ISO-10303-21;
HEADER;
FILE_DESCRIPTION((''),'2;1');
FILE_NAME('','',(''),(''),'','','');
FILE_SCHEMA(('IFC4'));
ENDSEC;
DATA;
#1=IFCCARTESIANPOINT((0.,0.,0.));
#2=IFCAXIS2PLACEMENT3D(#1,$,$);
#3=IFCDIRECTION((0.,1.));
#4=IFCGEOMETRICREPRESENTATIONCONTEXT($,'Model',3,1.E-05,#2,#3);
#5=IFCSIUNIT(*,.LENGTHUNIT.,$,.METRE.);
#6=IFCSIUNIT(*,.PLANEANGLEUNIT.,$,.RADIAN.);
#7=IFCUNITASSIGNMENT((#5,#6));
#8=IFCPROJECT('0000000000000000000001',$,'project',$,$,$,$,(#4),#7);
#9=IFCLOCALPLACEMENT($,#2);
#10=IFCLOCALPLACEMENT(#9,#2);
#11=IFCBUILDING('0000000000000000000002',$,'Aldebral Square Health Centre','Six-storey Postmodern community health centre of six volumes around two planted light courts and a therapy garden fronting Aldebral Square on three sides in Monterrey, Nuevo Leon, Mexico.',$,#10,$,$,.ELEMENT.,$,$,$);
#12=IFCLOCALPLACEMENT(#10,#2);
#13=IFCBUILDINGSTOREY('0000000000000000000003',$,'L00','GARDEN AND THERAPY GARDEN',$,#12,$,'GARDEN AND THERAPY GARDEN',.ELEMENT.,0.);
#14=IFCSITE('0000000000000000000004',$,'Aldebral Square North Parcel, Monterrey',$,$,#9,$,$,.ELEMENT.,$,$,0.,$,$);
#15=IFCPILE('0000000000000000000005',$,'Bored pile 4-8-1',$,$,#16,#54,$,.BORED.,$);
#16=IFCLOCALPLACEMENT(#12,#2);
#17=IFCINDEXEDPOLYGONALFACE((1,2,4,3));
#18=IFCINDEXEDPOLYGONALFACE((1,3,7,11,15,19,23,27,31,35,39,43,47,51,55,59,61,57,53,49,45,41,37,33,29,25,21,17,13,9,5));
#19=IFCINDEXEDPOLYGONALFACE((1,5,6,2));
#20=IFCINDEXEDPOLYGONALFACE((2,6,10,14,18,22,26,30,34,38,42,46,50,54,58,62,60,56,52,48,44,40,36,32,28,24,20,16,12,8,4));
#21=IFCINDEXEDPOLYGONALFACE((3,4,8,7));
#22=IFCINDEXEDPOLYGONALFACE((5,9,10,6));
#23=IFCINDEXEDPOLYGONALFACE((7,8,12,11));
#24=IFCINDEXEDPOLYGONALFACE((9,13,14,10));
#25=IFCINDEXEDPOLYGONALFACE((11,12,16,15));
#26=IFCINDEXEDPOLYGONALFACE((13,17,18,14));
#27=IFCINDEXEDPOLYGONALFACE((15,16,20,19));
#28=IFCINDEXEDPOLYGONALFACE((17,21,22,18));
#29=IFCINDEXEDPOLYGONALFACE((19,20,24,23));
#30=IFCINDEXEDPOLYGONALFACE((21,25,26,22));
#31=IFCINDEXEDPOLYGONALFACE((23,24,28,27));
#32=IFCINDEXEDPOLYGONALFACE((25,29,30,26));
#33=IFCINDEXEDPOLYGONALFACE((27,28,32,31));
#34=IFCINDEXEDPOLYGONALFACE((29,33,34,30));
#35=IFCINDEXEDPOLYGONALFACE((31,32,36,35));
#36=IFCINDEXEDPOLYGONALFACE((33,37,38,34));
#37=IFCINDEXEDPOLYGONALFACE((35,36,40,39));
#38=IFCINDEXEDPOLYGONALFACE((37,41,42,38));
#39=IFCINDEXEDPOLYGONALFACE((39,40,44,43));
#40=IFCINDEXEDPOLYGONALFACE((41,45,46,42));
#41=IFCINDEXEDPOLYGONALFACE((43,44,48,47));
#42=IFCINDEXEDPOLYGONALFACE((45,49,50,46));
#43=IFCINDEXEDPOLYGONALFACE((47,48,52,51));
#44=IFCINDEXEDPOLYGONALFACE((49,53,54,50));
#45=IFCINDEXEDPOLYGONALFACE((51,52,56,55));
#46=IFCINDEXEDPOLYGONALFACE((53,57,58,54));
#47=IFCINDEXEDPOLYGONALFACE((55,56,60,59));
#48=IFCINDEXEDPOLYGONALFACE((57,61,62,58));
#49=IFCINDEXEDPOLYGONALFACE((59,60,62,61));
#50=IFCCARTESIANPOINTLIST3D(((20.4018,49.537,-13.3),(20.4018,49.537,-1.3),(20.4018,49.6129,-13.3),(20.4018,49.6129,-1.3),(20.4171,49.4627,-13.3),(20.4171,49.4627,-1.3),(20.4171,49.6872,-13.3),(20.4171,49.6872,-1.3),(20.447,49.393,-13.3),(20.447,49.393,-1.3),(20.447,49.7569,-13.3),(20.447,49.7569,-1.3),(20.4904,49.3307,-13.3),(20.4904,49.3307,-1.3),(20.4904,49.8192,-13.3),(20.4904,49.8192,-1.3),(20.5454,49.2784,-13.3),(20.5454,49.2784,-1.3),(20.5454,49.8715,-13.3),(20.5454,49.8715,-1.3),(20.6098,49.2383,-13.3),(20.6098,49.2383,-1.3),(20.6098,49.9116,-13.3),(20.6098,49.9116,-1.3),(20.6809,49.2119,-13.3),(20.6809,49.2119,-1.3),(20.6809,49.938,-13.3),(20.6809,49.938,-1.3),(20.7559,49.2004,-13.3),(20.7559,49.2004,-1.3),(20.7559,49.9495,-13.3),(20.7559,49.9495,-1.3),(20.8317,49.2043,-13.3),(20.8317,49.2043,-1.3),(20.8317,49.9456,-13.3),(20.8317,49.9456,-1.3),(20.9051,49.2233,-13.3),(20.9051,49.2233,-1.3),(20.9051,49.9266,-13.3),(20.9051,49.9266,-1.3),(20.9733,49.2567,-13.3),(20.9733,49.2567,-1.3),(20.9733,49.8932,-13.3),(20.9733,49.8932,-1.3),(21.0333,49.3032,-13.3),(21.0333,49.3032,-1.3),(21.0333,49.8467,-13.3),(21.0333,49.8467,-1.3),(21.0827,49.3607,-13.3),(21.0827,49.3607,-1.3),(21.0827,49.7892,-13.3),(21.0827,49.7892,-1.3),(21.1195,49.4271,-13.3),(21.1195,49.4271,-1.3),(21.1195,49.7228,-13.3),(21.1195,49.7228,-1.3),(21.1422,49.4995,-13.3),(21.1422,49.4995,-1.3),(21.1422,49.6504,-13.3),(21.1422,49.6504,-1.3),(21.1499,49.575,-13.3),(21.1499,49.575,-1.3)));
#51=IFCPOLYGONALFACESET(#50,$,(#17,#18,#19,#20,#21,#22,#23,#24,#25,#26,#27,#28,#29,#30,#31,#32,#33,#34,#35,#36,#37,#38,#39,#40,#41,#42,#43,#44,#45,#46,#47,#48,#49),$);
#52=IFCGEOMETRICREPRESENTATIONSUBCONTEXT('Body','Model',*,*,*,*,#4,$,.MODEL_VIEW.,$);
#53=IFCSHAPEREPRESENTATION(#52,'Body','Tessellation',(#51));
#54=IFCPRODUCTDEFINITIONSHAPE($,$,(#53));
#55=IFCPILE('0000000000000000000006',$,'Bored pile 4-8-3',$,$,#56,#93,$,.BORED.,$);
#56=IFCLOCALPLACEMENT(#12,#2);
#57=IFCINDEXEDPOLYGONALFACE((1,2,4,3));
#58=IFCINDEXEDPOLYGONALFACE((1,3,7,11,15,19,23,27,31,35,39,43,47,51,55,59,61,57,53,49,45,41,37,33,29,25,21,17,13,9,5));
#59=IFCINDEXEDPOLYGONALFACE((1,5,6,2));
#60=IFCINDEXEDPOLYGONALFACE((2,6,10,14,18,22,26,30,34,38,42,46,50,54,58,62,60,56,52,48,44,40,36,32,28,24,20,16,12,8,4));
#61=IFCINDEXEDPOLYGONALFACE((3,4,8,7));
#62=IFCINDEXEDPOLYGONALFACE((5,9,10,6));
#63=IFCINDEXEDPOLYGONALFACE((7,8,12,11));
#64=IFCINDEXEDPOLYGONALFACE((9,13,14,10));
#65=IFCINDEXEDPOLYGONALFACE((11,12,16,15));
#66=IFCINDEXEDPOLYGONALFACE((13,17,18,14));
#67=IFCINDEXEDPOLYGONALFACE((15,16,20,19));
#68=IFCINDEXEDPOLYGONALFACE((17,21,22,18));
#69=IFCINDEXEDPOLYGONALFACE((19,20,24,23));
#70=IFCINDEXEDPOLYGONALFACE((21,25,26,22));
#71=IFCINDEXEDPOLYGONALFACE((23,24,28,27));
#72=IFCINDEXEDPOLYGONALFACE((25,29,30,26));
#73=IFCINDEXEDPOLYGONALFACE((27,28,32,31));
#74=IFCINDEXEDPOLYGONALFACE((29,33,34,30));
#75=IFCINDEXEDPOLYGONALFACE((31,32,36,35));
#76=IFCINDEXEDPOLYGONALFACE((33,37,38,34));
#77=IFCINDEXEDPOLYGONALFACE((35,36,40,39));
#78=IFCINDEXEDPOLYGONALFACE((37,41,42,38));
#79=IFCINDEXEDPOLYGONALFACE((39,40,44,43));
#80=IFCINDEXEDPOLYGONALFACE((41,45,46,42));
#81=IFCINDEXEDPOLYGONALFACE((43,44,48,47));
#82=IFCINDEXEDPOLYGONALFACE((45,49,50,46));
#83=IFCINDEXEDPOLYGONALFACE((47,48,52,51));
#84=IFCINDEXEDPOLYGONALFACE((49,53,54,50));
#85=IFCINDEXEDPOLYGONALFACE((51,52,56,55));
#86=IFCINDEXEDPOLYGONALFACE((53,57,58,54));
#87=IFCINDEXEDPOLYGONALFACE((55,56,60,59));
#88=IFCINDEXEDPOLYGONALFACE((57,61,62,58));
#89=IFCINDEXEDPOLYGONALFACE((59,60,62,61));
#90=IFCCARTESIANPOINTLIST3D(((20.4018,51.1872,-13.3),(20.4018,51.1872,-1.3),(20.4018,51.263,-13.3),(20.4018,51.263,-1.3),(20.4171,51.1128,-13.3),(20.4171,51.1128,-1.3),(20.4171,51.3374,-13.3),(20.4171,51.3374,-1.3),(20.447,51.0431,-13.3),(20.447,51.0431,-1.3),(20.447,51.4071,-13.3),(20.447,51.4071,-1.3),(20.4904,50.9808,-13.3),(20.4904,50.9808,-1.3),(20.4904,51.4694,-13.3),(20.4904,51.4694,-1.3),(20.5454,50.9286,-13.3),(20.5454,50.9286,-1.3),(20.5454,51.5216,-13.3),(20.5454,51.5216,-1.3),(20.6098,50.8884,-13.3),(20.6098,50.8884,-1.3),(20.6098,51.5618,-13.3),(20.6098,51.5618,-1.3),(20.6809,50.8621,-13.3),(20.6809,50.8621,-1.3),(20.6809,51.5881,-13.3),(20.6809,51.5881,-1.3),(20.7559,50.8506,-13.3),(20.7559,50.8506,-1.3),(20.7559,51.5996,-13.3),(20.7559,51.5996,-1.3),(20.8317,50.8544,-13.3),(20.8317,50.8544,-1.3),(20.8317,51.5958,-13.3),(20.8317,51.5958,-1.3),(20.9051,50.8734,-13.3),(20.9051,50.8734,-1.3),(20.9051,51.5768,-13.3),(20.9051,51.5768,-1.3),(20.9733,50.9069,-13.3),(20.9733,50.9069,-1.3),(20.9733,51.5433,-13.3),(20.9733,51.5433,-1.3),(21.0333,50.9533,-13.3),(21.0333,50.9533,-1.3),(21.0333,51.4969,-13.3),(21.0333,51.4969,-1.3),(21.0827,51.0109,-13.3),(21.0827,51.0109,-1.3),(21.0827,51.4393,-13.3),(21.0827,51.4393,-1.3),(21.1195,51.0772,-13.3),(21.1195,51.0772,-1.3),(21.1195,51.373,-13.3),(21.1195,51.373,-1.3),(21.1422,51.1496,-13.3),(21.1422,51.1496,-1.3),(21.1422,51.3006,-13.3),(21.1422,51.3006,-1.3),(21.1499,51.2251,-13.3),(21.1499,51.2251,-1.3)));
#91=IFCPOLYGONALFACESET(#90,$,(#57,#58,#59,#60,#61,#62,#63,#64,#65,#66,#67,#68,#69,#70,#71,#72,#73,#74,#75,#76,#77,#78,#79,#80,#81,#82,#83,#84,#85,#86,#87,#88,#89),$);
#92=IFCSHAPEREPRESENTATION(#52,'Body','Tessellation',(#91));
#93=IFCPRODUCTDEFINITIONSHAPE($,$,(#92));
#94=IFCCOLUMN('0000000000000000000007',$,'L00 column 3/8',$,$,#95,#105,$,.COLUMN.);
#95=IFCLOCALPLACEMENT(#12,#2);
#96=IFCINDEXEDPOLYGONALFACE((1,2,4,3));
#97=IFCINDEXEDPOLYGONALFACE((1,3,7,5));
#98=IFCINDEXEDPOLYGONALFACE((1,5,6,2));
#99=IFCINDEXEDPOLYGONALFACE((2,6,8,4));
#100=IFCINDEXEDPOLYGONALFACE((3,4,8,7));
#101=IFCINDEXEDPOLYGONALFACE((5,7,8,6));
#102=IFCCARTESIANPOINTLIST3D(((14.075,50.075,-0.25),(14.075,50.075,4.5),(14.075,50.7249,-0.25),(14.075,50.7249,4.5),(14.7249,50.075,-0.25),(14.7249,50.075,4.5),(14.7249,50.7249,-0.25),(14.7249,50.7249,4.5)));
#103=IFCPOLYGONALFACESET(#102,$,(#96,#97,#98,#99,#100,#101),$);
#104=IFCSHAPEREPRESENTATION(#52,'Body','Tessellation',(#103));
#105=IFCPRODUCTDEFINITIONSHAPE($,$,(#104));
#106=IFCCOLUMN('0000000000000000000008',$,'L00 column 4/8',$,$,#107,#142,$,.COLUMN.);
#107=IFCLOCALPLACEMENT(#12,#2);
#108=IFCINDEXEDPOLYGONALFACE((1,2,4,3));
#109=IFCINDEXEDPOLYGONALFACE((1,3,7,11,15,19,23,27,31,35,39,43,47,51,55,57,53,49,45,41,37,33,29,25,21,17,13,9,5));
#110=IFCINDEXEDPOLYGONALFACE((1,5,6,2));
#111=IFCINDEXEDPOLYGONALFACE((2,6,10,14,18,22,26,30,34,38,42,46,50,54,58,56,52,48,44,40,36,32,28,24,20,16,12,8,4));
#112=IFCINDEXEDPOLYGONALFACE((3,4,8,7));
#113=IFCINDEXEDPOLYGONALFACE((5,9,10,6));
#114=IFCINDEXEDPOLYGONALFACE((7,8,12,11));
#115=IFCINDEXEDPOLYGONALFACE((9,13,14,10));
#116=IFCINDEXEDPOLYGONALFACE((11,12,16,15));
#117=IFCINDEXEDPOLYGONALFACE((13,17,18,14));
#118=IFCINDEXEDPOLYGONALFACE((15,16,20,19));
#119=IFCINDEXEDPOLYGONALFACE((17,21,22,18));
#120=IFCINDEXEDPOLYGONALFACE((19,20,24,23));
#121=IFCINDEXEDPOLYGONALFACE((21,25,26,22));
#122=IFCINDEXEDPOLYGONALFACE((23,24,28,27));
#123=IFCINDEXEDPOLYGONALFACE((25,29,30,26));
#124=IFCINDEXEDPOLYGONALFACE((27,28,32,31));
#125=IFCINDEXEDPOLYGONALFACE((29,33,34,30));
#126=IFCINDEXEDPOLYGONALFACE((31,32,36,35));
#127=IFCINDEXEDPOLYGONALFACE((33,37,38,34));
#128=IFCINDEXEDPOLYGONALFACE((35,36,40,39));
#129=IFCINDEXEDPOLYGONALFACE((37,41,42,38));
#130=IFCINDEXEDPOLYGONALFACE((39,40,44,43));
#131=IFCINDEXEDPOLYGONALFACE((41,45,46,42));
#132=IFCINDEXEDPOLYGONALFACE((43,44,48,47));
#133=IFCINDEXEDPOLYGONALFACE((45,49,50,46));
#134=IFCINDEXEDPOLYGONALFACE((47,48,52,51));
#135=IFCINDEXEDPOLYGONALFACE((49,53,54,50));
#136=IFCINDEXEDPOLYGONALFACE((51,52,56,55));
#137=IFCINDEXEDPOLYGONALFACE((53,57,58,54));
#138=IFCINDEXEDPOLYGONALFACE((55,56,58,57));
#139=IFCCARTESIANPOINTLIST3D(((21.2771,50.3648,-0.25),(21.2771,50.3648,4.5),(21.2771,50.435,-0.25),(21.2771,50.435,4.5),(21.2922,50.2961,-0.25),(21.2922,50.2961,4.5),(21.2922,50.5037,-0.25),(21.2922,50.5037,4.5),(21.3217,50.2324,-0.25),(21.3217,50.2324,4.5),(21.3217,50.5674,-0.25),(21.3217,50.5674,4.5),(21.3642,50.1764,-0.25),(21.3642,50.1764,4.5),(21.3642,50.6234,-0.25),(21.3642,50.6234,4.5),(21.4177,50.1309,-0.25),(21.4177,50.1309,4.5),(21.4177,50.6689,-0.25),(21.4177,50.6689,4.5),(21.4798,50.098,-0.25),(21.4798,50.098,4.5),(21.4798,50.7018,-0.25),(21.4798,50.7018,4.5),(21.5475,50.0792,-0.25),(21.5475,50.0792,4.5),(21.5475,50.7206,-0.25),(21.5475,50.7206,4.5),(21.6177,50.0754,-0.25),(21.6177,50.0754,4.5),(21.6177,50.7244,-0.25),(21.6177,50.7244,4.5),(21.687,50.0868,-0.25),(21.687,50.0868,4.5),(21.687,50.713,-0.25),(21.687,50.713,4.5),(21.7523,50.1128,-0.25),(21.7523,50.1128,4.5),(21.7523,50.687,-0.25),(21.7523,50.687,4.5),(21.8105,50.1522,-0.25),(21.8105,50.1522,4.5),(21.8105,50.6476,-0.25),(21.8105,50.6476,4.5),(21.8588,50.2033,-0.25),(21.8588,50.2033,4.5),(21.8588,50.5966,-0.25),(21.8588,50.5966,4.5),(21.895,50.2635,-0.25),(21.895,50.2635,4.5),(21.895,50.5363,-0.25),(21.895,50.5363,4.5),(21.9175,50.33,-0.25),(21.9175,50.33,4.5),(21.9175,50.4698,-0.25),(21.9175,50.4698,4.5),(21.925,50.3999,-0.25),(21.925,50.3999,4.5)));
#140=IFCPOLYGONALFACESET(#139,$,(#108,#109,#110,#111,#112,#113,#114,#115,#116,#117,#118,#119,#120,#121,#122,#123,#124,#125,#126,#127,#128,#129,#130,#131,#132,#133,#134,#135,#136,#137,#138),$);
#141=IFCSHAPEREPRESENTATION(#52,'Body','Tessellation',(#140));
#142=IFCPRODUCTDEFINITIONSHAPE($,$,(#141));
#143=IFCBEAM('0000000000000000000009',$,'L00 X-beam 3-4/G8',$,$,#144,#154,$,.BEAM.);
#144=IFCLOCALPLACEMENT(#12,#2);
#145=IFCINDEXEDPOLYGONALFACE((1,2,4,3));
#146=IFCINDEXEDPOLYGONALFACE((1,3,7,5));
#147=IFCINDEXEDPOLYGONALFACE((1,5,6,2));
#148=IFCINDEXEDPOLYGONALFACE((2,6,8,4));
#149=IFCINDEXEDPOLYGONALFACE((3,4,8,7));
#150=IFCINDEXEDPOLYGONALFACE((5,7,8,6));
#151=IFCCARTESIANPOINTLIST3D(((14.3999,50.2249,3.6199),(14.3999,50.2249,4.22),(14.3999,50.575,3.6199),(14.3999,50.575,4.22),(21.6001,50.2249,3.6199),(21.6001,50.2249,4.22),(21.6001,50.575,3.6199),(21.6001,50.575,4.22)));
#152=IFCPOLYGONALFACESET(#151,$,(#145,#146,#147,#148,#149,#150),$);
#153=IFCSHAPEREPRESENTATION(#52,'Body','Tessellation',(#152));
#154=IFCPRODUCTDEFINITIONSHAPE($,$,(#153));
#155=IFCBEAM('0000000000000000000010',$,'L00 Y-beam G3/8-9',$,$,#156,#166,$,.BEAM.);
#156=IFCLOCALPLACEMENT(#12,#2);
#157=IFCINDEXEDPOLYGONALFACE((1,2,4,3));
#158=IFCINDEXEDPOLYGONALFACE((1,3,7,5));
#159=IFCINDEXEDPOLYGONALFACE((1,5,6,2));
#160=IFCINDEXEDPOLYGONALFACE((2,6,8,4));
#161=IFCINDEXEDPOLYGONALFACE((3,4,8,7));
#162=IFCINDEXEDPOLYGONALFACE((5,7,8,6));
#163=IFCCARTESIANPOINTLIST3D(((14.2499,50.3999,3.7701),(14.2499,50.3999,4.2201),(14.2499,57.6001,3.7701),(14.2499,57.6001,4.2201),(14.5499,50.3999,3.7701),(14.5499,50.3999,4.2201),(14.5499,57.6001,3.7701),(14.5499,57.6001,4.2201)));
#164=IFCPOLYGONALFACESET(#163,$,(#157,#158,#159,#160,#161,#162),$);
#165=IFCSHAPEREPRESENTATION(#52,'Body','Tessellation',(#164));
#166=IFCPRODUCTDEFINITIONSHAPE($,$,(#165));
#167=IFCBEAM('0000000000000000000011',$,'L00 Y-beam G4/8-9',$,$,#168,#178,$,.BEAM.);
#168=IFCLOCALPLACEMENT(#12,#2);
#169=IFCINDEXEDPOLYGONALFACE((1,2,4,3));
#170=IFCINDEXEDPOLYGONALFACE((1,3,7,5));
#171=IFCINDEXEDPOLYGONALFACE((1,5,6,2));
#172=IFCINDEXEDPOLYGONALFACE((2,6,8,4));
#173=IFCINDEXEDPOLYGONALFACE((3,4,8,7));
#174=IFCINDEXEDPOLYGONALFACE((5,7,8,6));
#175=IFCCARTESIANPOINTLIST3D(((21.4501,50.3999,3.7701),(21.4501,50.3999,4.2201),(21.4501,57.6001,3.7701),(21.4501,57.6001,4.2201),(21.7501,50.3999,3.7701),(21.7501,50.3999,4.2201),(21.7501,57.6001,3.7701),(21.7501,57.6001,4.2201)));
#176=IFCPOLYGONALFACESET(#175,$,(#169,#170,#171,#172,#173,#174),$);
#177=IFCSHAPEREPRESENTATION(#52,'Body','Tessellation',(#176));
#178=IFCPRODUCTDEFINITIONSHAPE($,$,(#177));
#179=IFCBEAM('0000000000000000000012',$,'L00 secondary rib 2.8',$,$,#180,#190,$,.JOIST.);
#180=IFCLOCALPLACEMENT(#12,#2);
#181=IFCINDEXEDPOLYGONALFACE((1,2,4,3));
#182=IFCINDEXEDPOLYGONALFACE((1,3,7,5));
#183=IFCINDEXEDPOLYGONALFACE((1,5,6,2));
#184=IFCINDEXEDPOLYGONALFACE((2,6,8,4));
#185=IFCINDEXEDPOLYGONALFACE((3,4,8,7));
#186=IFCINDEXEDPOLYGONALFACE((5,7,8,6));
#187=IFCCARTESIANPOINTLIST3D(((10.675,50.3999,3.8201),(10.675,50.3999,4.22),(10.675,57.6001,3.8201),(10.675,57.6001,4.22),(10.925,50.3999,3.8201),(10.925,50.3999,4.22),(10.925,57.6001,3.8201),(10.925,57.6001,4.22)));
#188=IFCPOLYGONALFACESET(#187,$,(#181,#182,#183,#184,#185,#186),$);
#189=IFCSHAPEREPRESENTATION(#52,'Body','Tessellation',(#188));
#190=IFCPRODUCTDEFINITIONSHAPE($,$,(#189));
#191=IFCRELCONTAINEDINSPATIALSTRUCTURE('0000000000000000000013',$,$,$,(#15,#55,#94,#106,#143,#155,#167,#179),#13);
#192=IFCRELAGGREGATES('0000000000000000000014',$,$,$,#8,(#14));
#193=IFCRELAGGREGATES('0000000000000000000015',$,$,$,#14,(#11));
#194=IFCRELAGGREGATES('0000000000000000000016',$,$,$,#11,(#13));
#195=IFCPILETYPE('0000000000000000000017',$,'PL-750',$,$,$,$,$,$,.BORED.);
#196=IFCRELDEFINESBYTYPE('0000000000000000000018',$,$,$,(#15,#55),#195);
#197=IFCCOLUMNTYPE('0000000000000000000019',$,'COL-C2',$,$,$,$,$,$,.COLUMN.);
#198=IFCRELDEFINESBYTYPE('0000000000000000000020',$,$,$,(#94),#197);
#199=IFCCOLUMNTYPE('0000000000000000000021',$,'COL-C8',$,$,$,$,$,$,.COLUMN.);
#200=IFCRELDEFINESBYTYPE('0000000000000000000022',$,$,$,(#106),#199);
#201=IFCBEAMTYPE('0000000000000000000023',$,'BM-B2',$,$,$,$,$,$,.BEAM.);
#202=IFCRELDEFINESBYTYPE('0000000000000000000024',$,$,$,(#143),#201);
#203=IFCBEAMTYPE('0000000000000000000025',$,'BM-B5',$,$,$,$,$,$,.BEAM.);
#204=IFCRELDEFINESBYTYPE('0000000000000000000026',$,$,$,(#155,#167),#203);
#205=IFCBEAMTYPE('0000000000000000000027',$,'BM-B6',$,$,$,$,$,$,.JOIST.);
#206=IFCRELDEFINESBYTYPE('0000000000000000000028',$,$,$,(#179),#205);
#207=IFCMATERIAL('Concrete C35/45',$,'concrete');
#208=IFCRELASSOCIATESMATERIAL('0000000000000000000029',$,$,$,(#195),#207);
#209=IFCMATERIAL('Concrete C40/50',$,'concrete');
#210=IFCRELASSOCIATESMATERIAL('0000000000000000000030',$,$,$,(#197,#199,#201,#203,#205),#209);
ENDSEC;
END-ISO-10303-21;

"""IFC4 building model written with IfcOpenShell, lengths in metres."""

from ifc_helpers import new_model, si_unit, direction, frame, origin, origin_2d, place, context, subcontext, project, spatial, rectangle, circle, extrude, material, material_profile, profile_set, type_object, element, save


model = new_model("IFC4")

# Units and contexts
model_context = context("Model", 3, precision=1e-05, world=origin(), true_north=direction((0.0, 1.0)))
body_context = subcontext(model_context, "Body", "Model", "MODEL_VIEW")
ifc_project = project(units=[si_unit("LENGTHUNIT", "METRE"), si_unit("PLANEANGLEUNIT", "RADIAN")], contexts=[model_context])

# Site, building, storey
site_placement = place(None, origin())
site = spatial("IfcSite", under=ifc_project, at=site_placement, Name="Aldebral Square North Parcel, Monterrey", CompositionType="ELEMENT", RefElevation=0.0)
building_placement = place(site_placement, origin())
building = spatial("IfcBuilding", under=site, at=building_placement, Name="Aldebral Square Health Centre", Description="Six-storey Postmodern community health centre of six volumes around two planted light courts and a therapy garden fronting Aldebral Square on three sides in Monterrey, Nuevo Leon, Mexico.", CompositionType="ELEMENT")
storey_placement = place(building_placement, origin())
storey = spatial("IfcBuildingStorey", under=building, at=storey_placement, Name="L00", Description="GARDEN AND THERAPY GARDEN", LongName="GARDEN AND THERAPY GARDEN", CompositionType="ELEMENT", Elevation=0.0)

# Shared definitions
ifc_material_1 = material(Name="Concrete C35/45", Category="concrete")

# Piles
ifc_material_profile_1 = material_profile(ifc_material_1, circle(Radius=0.375, at=origin_2d()), Name="PILE D750")
ifc_profile_set_1 = profile_set([ifc_material_profile_1], Name="Concrete C35/45")
pile_type = type_object("IfcPileType", Name="PL-750", PredefinedType="BORED", material=ifc_profile_set_1)
for number, where, z_axis, x_axis, name in (
    (1, (20.7749, 49.575, -1.3), (0.0, 0.0, -1.0), (1.0, 0.0, 0.0), "Bored pile 4-8-1"),
    (2, (20.7749, 51.2251, -1.3), (0.0, 0.0, -1.0), (1.0, 0.0, 0.0), "Bored pile 4-8-3"),
):
    element("IfcPile", number, at=place(storey_placement, frame(where, z_axis=z_axis, x_axis=x_axis)), inside=storey, type_object=pile_type, Name=name, PredefinedType="BORED", context=body_context, shape_type="SweptSolid", body=[
        extrude(circle(Radius=0.375, at=origin_2d()), origin(), (0.0, 0.0, 1.0), 12.0),
    ])

# Columns
ifc_material_2 = material(Name="Concrete C40/50", Category="concrete")
ifc_material_profile_2 = material_profile(ifc_material_2, rectangle(XDim=0.6499, YDim=0.6499, at=origin_2d()), Name="RC 650x650")
ifc_profile_set_2 = profile_set([ifc_material_profile_2], Name="Concrete C40/50")
column_type_1 = type_object("IfcColumnType", Name="COL-C2", PredefinedType="COLUMN", material=ifc_profile_set_2)
column_1_placement = place(storey_placement, frame((14.3999, 50.3999, -0.25), z_axis=(0.0, 0.0, 1.0), x_axis=(1.0, 0.0, 0.0)))
element("IfcColumn", 3, at=column_1_placement, inside=storey, type_object=column_type_1, Name="L00 column 3/8", PredefinedType="COLUMN", context=body_context, shape_type="SweptSolid", body=[
    extrude(rectangle(XDim=0.6499, YDim=0.6499, at=origin_2d()), origin(), (0.0, 0.0, 1.0), 4.75),
])
ifc_material_profile_3 = material_profile(ifc_material_2, circle(Radius=0.325, at=origin_2d()), Name="RC D650")
ifc_profile_set_3 = profile_set([ifc_material_profile_3], Name="Concrete C40/50")
column_type_2 = type_object("IfcColumnType", Name="COL-C8", PredefinedType="COLUMN", material=ifc_profile_set_3)
column_2_placement = place(storey_placement, frame((21.6001, 50.3999, -0.25), z_axis=(0.0, 0.0, 1.0), x_axis=(1.0, 0.0, 0.0)))
element("IfcColumn", 4, at=column_2_placement, inside=storey, type_object=column_type_2, Name="L00 column 4/8", PredefinedType="COLUMN", context=body_context, shape_type="SweptSolid", body=[
    extrude(circle(Radius=0.325, at=origin_2d()), origin(), (0.0, 0.0, 1.0), 4.75),
])

# Beams
ifc_material_profile_4 = material_profile(ifc_material_2, rectangle(XDim=0.3501, YDim=0.6001, at=origin_2d()), Name="RC 350x600")
ifc_profile_set_4 = profile_set([ifc_material_profile_4], Name="Concrete C40/50")
beam_type_1 = type_object("IfcBeamType", Name="BM-B2", PredefinedType="BEAM", material=ifc_profile_set_4)
beam_1_placement = place(storey_placement, frame((14.3999, 50.3999, 3.9199), z_axis=(1.0, 0.0, 0.0), x_axis=(0.0, 1.0, 0.0)))
element("IfcBeam", 5, at=beam_1_placement, inside=storey, type_object=beam_type_1, Name="L00 X-beam 3-4/G8", PredefinedType="BEAM", context=body_context, shape_type="SweptSolid", body=[
    extrude(rectangle(XDim=0.3501, YDim=0.6001, at=origin_2d()), origin(), (0.0, 0.0, 1.0), 7.2002),
])
ifc_material_profile_5 = material_profile(ifc_material_2, rectangle(XDim=0.3, YDim=0.45, at=origin_2d()), Name="RC 300x450")
ifc_profile_set_5 = profile_set([ifc_material_profile_5], Name="Concrete C40/50")
beam_type_2 = type_object("IfcBeamType", Name="BM-B5", PredefinedType="BEAM", material=ifc_profile_set_5)
for number, where, z_axis, x_axis, name in (
    (6, (14.3999, 50.3999, 3.9951), (0.0, 1.0, 0.0), (-1.0, 0.0, 0.0), "L00 Y-beam G3/8-9"),
    (7, (21.6001, 50.3999, 3.9951), (0.0, 1.0, 0.0), (-1.0, 0.0, 0.0), "L00 Y-beam G4/8-9"),
):
    element("IfcBeam", number, at=place(storey_placement, frame(where, z_axis=z_axis, x_axis=x_axis)), inside=storey, type_object=beam_type_2, Name=name, PredefinedType="BEAM", context=body_context, shape_type="SweptSolid", body=[
        extrude(rectangle(XDim=0.3, YDim=0.45, at=origin_2d()), origin(), (0.0, 0.0, 1.0), 7.2002),
    ])
ifc_material_profile_6 = material_profile(ifc_material_2, rectangle(XDim=0.25, YDim=0.3999, at=origin_2d()), Name="RC 250x400")
ifc_profile_set_6 = profile_set([ifc_material_profile_6], Name="Concrete C40/50")
beam_type_3 = type_object("IfcBeamType", Name="BM-B6", PredefinedType="JOIST", material=ifc_profile_set_6)
beam_2_placement = place(storey_placement, frame((10.8, 50.3999, 4.02), z_axis=(0.0, 1.0, 0.0), x_axis=(-1.0, 0.0, 0.0)))
element("IfcBeam", 8, at=beam_2_placement, inside=storey, type_object=beam_type_3, Name="L00 secondary rib 2.8", PredefinedType="JOIST", context=body_context, shape_type="SweptSolid", body=[
    extrude(rectangle(XDim=0.25, YDim=0.3999, at=origin_2d()), origin(), (0.0, 0.0, 1.0), 7.2002),
])

save(model, "model.ifc")
